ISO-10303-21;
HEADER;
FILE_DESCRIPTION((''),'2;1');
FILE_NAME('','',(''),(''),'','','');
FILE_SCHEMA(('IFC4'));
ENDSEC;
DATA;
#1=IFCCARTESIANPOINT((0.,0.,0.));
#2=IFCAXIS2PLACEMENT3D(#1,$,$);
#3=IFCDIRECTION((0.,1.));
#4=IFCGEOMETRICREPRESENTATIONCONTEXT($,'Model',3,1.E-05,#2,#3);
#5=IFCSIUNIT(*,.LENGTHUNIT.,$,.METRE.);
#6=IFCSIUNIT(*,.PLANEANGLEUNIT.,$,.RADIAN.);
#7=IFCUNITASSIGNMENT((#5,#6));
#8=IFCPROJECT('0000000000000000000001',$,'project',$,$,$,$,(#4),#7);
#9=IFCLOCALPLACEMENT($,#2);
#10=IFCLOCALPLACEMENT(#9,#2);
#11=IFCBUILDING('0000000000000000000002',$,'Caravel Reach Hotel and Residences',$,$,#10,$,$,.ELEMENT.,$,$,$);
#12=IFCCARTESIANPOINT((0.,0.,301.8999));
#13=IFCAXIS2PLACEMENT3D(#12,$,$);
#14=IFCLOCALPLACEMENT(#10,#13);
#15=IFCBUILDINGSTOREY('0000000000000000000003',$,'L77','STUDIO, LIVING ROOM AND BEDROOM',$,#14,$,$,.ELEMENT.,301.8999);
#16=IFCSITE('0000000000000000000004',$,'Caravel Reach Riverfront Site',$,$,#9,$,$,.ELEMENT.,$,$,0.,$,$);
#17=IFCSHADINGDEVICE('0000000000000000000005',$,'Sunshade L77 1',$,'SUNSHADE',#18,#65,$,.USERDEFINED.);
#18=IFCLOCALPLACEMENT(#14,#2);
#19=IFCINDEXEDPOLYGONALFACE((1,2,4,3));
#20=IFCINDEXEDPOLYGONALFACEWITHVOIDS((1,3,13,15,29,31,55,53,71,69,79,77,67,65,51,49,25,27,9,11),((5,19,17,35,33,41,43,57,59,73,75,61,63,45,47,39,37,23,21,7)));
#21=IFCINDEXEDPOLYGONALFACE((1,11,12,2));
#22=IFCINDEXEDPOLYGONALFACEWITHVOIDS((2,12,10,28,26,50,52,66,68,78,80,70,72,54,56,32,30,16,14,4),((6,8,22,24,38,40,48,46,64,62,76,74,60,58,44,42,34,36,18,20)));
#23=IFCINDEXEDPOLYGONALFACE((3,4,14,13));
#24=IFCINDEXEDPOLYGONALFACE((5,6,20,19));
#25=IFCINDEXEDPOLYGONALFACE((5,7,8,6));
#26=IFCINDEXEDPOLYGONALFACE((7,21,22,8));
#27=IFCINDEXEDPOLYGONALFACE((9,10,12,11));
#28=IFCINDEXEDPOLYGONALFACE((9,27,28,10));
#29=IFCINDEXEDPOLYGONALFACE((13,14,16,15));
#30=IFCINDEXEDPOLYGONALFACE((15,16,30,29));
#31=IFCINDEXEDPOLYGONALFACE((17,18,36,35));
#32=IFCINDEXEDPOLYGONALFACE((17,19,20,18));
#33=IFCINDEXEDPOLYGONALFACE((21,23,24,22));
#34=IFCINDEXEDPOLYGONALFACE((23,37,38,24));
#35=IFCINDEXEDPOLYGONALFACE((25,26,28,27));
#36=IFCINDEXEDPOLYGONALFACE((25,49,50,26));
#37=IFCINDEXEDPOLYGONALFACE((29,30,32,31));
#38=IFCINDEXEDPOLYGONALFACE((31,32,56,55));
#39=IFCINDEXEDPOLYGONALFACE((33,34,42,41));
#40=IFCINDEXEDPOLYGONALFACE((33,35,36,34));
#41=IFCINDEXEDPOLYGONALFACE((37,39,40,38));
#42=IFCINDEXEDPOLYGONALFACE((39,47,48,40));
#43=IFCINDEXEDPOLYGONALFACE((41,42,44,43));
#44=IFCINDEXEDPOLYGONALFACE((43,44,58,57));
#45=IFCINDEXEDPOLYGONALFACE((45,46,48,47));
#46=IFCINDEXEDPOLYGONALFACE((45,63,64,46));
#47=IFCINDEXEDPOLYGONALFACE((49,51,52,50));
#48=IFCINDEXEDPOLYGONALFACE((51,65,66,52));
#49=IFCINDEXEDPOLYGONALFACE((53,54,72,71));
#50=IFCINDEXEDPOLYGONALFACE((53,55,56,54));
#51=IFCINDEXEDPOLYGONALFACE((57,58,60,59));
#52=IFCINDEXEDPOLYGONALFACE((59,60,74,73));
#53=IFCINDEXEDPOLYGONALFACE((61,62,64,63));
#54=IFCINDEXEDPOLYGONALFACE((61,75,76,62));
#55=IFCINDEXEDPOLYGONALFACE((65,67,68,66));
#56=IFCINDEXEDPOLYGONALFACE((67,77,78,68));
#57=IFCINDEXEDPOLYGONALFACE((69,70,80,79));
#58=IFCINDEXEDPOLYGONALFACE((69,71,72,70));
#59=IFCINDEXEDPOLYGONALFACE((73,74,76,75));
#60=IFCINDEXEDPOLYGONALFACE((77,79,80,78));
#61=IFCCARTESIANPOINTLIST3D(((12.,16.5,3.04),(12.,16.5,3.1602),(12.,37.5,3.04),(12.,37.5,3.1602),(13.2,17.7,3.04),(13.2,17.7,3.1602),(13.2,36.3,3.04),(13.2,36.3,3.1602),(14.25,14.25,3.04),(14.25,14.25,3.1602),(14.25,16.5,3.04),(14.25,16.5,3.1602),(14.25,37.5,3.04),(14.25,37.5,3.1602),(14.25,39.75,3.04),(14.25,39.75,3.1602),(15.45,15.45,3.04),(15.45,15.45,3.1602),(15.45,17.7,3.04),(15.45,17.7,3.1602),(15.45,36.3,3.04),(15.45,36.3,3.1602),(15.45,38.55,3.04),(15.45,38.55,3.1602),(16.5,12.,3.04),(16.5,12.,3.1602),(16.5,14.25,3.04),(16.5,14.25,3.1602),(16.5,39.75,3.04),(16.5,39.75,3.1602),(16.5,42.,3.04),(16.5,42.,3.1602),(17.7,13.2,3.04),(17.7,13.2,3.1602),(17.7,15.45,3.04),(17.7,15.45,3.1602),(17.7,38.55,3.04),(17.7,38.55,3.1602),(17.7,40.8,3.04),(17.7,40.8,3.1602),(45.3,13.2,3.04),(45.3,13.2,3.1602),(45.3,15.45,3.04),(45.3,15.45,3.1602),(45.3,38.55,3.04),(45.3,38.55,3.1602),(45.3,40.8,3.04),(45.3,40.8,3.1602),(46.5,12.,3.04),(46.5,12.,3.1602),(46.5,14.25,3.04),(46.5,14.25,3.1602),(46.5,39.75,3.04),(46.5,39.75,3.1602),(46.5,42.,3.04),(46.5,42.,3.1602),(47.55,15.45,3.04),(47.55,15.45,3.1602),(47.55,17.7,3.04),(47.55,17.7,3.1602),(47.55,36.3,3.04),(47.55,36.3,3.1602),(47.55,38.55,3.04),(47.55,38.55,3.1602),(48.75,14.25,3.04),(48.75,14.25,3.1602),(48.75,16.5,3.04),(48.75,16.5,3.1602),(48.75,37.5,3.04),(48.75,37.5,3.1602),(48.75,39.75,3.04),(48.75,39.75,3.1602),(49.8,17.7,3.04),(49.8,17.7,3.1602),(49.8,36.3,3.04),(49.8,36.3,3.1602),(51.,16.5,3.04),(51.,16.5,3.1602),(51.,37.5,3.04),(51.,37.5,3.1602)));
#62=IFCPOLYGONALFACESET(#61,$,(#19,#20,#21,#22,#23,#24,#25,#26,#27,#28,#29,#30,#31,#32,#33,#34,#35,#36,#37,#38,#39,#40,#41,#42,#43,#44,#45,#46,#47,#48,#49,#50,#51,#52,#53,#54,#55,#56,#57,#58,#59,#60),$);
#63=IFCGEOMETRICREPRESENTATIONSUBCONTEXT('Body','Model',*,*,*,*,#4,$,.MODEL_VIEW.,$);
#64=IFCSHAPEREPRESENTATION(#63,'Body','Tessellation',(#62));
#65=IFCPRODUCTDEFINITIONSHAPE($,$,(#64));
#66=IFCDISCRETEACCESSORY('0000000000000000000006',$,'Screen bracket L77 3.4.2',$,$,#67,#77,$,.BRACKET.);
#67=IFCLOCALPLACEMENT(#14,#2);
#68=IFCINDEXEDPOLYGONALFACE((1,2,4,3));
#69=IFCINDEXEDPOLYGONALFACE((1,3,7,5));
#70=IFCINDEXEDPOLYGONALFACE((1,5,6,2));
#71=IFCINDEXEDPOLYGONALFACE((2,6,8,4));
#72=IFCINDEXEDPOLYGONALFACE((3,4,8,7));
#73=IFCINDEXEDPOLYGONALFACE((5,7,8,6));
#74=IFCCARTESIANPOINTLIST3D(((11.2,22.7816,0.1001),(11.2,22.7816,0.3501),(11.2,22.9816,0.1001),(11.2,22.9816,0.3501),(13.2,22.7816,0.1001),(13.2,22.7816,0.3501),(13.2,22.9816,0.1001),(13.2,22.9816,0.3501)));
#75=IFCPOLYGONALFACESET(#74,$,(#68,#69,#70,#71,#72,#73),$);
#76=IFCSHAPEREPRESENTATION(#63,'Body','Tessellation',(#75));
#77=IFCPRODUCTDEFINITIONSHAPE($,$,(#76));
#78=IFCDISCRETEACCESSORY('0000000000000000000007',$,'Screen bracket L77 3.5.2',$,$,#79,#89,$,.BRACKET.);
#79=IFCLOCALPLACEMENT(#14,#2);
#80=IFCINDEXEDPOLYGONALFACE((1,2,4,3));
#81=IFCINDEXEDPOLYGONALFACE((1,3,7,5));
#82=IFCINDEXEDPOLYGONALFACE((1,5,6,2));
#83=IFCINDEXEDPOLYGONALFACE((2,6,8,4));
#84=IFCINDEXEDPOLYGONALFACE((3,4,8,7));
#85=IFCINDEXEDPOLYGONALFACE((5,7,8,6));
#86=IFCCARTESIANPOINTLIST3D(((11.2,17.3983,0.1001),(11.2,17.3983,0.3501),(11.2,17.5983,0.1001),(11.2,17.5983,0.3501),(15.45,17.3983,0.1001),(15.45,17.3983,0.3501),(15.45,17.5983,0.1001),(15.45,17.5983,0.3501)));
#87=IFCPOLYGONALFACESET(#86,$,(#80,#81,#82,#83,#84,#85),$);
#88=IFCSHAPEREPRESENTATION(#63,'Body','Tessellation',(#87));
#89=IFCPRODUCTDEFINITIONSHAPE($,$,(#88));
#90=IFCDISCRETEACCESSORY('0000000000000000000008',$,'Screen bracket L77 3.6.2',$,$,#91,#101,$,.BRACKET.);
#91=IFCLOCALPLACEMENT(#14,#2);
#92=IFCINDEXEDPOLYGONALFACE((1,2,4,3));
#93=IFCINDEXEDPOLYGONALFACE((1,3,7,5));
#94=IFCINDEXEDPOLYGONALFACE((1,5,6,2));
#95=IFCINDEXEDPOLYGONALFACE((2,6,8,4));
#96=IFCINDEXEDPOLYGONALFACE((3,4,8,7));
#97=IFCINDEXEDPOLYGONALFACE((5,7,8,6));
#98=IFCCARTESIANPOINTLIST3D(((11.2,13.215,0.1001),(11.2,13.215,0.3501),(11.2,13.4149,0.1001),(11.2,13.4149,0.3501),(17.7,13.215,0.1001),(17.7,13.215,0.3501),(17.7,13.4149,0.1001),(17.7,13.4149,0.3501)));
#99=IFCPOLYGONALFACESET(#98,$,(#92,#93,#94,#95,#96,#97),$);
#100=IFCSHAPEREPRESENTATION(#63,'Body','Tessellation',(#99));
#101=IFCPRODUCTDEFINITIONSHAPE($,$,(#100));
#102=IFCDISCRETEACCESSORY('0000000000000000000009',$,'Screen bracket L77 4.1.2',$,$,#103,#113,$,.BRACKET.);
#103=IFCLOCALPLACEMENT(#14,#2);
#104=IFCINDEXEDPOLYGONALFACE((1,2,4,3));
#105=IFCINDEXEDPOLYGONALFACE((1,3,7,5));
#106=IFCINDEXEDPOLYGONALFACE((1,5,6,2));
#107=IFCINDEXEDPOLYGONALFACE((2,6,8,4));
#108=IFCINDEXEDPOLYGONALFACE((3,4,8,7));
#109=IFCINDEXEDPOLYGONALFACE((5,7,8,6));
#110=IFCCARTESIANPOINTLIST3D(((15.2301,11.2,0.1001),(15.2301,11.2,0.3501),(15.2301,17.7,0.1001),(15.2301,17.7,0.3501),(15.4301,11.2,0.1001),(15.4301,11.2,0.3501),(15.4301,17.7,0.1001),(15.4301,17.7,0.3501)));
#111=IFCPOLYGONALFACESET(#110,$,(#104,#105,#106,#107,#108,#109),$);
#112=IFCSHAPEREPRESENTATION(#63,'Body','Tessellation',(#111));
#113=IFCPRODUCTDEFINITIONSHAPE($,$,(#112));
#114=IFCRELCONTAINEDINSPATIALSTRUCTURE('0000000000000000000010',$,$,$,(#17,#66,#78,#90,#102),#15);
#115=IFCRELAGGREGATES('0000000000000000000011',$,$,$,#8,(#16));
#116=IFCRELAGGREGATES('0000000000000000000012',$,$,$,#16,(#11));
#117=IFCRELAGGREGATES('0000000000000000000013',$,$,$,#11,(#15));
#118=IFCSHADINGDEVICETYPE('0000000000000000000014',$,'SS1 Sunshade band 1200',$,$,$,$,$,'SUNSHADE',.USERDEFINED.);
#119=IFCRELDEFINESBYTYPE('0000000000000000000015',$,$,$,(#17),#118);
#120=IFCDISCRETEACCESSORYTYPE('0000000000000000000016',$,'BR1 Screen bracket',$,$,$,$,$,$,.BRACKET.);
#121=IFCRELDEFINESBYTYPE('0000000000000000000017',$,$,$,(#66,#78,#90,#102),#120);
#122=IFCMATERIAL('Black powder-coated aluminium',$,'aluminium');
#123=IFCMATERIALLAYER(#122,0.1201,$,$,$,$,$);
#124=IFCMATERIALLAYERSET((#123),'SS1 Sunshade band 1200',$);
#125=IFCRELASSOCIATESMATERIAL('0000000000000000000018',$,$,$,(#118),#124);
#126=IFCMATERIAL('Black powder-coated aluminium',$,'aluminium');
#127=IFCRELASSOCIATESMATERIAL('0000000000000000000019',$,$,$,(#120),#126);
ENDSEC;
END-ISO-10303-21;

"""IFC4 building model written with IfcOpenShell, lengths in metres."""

from ifc_helpers import new_model, si_unit, direction, frame, origin, origin_2d, place, context, subcontext, project, spatial, polyline, rectangle, outline, extrude, material, layer, layer_set, type_object, element, save


model = new_model("IFC4")

# Units and contexts
model_context = context("Model", 3, precision=1e-05, world=origin(), true_north=direction((0.0, 1.0)))
body_context = subcontext(model_context, "Body", "Model", "MODEL_VIEW")
ifc_project = project(units=[si_unit("LENGTHUNIT", "METRE"), si_unit("PLANEANGLEUNIT", "RADIAN")], contexts=[model_context])

# Site, building, storey
site_placement = place(None, origin())
site = spatial("IfcSite", under=ifc_project, at=site_placement, Name="Caravel Reach Riverfront Site", CompositionType="ELEMENT", RefElevation=0.0)
building_placement = place(site_placement, origin())
building = spatial("IfcBuilding", under=site, at=building_placement, Name="Caravel Reach Hotel and Residences", CompositionType="ELEMENT")
storey_placement = place(building_placement, frame((0.0, 0.0, 301.8999)))
storey = spatial("IfcBuildingStorey", under=building, at=storey_placement, Name="L77", Description="STUDIO, LIVING ROOM AND BEDROOM", CompositionType="ELEMENT", Elevation=301.8999)

# Shading device
ifc_material_1 = material(Name="Black powder-coated aluminium", Category="aluminium")
ifc_layer_1 = layer(ifc_material_1, 0.1201)
ifc_layer_set_1 = layer_set([ifc_layer_1], Name="SS1 Sunshade band 1200")
shading_device_type = type_object("IfcShadingDeviceType", Name="SS1 Sunshade band 1200", ElementType="SUNSHADE", PredefinedType="USERDEFINED", material=ifc_layer_set_1)
shading_device_placement = place(storey_placement, frame((0.0, 0.0, 3.04)))
element("IfcShadingDevice", 1, at=shading_device_placement, inside=storey, type_object=shading_device_type, Name="Sunshade L77 1", ObjectType="SUNSHADE", PredefinedType="USERDEFINED", context=body_context, shape_type="SweptSolid", body=[
    extrude(outline(polyline([(16.5, 12.0), (46.5, 12.0), (46.5, 14.25), (48.75, 14.25), (48.75, 16.5), (51.0, 16.5), (51.0, 37.5), (48.75, 37.5), (48.75, 39.75), (46.5, 39.75), (46.5, 42.0), (16.5, 42.0), (16.5, 39.75), (14.25, 39.75), (14.25, 37.5), (12.0, 37.5), (12.0, 16.5), (14.25, 16.5), (14.25, 14.25), (16.5, 14.25), (16.5, 12.0)]), holes=[polyline([(45.3, 15.45), (45.3, 13.2), (17.7, 13.2), (17.7, 15.45), (15.45, 15.45), (15.45, 17.7), (13.2, 17.7), (13.2, 36.3), (15.45, 36.3), (15.45, 38.55), (17.7, 38.55), (17.7, 40.8), (45.3, 40.8), (45.3, 38.55), (47.55, 38.55), (47.55, 36.3), (49.8, 36.3), (49.8, 17.7), (47.55, 17.7), (47.55, 15.45), (45.3, 15.45)])]), origin(), (0.0, 0.0, 1.0), 0.1201),
])

# Discrete accessories
ifc_material_2 = material(Name="Black powder-coated aluminium", Category="aluminium")
discrete_accessory_type = type_object("IfcDiscreteAccessoryType", Name="BR1 Screen bracket", PredefinedType="BRACKET", material=ifc_material_2)
discrete_accessory_1_placement = place(storey_placement, frame((12.2, 22.8816, 0.1001), z_axis=(0.0, 0.0, 1.0), x_axis=(-1.0, 0.0, 0.0)))
element("IfcDiscreteAccessory", 2, at=discrete_accessory_1_placement, inside=storey, type_object=discrete_accessory_type, Name="Screen bracket L77 3.4.2", PredefinedType="BRACKET", context=body_context, shape_type="SweptSolid", body=[
    extrude(rectangle(XDim=2.0, YDim=0.2, at=origin_2d()), origin(), (0.0, 0.0, 1.0), 0.25),
])
discrete_accessory_2_placement = place(storey_placement, frame((13.325, 17.4983, 0.1001), z_axis=(0.0, 0.0, 1.0), x_axis=(-1.0, 0.0, 0.0)))
element("IfcDiscreteAccessory", 3, at=discrete_accessory_2_placement, inside=storey, type_object=discrete_accessory_type, Name="Screen bracket L77 3.5.2", PredefinedType="BRACKET", context=body_context, shape_type="SweptSolid", body=[
    extrude(rectangle(XDim=4.25, YDim=0.2, at=origin_2d()), origin(), (0.0, 0.0, 1.0), 0.25),
])
for number, where, z_axis, x_axis, name in (
    (4, (14.45, 13.3149, 0.1001), (0.0, 0.0, 1.0), (-1.0, 0.0, 0.0), "Screen bracket L77 3.6.2"),
    (5, (15.3301, 14.45, 0.1001), (0.0, 0.0, 1.0), (0.0, -1.0, 0.0), "Screen bracket L77 4.1.2"),
):
    element("IfcDiscreteAccessory", number, at=place(storey_placement, frame(where, z_axis=z_axis, x_axis=x_axis)), inside=storey, type_object=discrete_accessory_type, Name=name, PredefinedType="BRACKET", context=body_context, shape_type="SweptSolid", body=[
        extrude(rectangle(XDim=6.5, YDim=0.2, at=origin_2d()), origin(), (0.0, 0.0, 1.0), 0.25),
    ])

save(model, "model.ifc")
